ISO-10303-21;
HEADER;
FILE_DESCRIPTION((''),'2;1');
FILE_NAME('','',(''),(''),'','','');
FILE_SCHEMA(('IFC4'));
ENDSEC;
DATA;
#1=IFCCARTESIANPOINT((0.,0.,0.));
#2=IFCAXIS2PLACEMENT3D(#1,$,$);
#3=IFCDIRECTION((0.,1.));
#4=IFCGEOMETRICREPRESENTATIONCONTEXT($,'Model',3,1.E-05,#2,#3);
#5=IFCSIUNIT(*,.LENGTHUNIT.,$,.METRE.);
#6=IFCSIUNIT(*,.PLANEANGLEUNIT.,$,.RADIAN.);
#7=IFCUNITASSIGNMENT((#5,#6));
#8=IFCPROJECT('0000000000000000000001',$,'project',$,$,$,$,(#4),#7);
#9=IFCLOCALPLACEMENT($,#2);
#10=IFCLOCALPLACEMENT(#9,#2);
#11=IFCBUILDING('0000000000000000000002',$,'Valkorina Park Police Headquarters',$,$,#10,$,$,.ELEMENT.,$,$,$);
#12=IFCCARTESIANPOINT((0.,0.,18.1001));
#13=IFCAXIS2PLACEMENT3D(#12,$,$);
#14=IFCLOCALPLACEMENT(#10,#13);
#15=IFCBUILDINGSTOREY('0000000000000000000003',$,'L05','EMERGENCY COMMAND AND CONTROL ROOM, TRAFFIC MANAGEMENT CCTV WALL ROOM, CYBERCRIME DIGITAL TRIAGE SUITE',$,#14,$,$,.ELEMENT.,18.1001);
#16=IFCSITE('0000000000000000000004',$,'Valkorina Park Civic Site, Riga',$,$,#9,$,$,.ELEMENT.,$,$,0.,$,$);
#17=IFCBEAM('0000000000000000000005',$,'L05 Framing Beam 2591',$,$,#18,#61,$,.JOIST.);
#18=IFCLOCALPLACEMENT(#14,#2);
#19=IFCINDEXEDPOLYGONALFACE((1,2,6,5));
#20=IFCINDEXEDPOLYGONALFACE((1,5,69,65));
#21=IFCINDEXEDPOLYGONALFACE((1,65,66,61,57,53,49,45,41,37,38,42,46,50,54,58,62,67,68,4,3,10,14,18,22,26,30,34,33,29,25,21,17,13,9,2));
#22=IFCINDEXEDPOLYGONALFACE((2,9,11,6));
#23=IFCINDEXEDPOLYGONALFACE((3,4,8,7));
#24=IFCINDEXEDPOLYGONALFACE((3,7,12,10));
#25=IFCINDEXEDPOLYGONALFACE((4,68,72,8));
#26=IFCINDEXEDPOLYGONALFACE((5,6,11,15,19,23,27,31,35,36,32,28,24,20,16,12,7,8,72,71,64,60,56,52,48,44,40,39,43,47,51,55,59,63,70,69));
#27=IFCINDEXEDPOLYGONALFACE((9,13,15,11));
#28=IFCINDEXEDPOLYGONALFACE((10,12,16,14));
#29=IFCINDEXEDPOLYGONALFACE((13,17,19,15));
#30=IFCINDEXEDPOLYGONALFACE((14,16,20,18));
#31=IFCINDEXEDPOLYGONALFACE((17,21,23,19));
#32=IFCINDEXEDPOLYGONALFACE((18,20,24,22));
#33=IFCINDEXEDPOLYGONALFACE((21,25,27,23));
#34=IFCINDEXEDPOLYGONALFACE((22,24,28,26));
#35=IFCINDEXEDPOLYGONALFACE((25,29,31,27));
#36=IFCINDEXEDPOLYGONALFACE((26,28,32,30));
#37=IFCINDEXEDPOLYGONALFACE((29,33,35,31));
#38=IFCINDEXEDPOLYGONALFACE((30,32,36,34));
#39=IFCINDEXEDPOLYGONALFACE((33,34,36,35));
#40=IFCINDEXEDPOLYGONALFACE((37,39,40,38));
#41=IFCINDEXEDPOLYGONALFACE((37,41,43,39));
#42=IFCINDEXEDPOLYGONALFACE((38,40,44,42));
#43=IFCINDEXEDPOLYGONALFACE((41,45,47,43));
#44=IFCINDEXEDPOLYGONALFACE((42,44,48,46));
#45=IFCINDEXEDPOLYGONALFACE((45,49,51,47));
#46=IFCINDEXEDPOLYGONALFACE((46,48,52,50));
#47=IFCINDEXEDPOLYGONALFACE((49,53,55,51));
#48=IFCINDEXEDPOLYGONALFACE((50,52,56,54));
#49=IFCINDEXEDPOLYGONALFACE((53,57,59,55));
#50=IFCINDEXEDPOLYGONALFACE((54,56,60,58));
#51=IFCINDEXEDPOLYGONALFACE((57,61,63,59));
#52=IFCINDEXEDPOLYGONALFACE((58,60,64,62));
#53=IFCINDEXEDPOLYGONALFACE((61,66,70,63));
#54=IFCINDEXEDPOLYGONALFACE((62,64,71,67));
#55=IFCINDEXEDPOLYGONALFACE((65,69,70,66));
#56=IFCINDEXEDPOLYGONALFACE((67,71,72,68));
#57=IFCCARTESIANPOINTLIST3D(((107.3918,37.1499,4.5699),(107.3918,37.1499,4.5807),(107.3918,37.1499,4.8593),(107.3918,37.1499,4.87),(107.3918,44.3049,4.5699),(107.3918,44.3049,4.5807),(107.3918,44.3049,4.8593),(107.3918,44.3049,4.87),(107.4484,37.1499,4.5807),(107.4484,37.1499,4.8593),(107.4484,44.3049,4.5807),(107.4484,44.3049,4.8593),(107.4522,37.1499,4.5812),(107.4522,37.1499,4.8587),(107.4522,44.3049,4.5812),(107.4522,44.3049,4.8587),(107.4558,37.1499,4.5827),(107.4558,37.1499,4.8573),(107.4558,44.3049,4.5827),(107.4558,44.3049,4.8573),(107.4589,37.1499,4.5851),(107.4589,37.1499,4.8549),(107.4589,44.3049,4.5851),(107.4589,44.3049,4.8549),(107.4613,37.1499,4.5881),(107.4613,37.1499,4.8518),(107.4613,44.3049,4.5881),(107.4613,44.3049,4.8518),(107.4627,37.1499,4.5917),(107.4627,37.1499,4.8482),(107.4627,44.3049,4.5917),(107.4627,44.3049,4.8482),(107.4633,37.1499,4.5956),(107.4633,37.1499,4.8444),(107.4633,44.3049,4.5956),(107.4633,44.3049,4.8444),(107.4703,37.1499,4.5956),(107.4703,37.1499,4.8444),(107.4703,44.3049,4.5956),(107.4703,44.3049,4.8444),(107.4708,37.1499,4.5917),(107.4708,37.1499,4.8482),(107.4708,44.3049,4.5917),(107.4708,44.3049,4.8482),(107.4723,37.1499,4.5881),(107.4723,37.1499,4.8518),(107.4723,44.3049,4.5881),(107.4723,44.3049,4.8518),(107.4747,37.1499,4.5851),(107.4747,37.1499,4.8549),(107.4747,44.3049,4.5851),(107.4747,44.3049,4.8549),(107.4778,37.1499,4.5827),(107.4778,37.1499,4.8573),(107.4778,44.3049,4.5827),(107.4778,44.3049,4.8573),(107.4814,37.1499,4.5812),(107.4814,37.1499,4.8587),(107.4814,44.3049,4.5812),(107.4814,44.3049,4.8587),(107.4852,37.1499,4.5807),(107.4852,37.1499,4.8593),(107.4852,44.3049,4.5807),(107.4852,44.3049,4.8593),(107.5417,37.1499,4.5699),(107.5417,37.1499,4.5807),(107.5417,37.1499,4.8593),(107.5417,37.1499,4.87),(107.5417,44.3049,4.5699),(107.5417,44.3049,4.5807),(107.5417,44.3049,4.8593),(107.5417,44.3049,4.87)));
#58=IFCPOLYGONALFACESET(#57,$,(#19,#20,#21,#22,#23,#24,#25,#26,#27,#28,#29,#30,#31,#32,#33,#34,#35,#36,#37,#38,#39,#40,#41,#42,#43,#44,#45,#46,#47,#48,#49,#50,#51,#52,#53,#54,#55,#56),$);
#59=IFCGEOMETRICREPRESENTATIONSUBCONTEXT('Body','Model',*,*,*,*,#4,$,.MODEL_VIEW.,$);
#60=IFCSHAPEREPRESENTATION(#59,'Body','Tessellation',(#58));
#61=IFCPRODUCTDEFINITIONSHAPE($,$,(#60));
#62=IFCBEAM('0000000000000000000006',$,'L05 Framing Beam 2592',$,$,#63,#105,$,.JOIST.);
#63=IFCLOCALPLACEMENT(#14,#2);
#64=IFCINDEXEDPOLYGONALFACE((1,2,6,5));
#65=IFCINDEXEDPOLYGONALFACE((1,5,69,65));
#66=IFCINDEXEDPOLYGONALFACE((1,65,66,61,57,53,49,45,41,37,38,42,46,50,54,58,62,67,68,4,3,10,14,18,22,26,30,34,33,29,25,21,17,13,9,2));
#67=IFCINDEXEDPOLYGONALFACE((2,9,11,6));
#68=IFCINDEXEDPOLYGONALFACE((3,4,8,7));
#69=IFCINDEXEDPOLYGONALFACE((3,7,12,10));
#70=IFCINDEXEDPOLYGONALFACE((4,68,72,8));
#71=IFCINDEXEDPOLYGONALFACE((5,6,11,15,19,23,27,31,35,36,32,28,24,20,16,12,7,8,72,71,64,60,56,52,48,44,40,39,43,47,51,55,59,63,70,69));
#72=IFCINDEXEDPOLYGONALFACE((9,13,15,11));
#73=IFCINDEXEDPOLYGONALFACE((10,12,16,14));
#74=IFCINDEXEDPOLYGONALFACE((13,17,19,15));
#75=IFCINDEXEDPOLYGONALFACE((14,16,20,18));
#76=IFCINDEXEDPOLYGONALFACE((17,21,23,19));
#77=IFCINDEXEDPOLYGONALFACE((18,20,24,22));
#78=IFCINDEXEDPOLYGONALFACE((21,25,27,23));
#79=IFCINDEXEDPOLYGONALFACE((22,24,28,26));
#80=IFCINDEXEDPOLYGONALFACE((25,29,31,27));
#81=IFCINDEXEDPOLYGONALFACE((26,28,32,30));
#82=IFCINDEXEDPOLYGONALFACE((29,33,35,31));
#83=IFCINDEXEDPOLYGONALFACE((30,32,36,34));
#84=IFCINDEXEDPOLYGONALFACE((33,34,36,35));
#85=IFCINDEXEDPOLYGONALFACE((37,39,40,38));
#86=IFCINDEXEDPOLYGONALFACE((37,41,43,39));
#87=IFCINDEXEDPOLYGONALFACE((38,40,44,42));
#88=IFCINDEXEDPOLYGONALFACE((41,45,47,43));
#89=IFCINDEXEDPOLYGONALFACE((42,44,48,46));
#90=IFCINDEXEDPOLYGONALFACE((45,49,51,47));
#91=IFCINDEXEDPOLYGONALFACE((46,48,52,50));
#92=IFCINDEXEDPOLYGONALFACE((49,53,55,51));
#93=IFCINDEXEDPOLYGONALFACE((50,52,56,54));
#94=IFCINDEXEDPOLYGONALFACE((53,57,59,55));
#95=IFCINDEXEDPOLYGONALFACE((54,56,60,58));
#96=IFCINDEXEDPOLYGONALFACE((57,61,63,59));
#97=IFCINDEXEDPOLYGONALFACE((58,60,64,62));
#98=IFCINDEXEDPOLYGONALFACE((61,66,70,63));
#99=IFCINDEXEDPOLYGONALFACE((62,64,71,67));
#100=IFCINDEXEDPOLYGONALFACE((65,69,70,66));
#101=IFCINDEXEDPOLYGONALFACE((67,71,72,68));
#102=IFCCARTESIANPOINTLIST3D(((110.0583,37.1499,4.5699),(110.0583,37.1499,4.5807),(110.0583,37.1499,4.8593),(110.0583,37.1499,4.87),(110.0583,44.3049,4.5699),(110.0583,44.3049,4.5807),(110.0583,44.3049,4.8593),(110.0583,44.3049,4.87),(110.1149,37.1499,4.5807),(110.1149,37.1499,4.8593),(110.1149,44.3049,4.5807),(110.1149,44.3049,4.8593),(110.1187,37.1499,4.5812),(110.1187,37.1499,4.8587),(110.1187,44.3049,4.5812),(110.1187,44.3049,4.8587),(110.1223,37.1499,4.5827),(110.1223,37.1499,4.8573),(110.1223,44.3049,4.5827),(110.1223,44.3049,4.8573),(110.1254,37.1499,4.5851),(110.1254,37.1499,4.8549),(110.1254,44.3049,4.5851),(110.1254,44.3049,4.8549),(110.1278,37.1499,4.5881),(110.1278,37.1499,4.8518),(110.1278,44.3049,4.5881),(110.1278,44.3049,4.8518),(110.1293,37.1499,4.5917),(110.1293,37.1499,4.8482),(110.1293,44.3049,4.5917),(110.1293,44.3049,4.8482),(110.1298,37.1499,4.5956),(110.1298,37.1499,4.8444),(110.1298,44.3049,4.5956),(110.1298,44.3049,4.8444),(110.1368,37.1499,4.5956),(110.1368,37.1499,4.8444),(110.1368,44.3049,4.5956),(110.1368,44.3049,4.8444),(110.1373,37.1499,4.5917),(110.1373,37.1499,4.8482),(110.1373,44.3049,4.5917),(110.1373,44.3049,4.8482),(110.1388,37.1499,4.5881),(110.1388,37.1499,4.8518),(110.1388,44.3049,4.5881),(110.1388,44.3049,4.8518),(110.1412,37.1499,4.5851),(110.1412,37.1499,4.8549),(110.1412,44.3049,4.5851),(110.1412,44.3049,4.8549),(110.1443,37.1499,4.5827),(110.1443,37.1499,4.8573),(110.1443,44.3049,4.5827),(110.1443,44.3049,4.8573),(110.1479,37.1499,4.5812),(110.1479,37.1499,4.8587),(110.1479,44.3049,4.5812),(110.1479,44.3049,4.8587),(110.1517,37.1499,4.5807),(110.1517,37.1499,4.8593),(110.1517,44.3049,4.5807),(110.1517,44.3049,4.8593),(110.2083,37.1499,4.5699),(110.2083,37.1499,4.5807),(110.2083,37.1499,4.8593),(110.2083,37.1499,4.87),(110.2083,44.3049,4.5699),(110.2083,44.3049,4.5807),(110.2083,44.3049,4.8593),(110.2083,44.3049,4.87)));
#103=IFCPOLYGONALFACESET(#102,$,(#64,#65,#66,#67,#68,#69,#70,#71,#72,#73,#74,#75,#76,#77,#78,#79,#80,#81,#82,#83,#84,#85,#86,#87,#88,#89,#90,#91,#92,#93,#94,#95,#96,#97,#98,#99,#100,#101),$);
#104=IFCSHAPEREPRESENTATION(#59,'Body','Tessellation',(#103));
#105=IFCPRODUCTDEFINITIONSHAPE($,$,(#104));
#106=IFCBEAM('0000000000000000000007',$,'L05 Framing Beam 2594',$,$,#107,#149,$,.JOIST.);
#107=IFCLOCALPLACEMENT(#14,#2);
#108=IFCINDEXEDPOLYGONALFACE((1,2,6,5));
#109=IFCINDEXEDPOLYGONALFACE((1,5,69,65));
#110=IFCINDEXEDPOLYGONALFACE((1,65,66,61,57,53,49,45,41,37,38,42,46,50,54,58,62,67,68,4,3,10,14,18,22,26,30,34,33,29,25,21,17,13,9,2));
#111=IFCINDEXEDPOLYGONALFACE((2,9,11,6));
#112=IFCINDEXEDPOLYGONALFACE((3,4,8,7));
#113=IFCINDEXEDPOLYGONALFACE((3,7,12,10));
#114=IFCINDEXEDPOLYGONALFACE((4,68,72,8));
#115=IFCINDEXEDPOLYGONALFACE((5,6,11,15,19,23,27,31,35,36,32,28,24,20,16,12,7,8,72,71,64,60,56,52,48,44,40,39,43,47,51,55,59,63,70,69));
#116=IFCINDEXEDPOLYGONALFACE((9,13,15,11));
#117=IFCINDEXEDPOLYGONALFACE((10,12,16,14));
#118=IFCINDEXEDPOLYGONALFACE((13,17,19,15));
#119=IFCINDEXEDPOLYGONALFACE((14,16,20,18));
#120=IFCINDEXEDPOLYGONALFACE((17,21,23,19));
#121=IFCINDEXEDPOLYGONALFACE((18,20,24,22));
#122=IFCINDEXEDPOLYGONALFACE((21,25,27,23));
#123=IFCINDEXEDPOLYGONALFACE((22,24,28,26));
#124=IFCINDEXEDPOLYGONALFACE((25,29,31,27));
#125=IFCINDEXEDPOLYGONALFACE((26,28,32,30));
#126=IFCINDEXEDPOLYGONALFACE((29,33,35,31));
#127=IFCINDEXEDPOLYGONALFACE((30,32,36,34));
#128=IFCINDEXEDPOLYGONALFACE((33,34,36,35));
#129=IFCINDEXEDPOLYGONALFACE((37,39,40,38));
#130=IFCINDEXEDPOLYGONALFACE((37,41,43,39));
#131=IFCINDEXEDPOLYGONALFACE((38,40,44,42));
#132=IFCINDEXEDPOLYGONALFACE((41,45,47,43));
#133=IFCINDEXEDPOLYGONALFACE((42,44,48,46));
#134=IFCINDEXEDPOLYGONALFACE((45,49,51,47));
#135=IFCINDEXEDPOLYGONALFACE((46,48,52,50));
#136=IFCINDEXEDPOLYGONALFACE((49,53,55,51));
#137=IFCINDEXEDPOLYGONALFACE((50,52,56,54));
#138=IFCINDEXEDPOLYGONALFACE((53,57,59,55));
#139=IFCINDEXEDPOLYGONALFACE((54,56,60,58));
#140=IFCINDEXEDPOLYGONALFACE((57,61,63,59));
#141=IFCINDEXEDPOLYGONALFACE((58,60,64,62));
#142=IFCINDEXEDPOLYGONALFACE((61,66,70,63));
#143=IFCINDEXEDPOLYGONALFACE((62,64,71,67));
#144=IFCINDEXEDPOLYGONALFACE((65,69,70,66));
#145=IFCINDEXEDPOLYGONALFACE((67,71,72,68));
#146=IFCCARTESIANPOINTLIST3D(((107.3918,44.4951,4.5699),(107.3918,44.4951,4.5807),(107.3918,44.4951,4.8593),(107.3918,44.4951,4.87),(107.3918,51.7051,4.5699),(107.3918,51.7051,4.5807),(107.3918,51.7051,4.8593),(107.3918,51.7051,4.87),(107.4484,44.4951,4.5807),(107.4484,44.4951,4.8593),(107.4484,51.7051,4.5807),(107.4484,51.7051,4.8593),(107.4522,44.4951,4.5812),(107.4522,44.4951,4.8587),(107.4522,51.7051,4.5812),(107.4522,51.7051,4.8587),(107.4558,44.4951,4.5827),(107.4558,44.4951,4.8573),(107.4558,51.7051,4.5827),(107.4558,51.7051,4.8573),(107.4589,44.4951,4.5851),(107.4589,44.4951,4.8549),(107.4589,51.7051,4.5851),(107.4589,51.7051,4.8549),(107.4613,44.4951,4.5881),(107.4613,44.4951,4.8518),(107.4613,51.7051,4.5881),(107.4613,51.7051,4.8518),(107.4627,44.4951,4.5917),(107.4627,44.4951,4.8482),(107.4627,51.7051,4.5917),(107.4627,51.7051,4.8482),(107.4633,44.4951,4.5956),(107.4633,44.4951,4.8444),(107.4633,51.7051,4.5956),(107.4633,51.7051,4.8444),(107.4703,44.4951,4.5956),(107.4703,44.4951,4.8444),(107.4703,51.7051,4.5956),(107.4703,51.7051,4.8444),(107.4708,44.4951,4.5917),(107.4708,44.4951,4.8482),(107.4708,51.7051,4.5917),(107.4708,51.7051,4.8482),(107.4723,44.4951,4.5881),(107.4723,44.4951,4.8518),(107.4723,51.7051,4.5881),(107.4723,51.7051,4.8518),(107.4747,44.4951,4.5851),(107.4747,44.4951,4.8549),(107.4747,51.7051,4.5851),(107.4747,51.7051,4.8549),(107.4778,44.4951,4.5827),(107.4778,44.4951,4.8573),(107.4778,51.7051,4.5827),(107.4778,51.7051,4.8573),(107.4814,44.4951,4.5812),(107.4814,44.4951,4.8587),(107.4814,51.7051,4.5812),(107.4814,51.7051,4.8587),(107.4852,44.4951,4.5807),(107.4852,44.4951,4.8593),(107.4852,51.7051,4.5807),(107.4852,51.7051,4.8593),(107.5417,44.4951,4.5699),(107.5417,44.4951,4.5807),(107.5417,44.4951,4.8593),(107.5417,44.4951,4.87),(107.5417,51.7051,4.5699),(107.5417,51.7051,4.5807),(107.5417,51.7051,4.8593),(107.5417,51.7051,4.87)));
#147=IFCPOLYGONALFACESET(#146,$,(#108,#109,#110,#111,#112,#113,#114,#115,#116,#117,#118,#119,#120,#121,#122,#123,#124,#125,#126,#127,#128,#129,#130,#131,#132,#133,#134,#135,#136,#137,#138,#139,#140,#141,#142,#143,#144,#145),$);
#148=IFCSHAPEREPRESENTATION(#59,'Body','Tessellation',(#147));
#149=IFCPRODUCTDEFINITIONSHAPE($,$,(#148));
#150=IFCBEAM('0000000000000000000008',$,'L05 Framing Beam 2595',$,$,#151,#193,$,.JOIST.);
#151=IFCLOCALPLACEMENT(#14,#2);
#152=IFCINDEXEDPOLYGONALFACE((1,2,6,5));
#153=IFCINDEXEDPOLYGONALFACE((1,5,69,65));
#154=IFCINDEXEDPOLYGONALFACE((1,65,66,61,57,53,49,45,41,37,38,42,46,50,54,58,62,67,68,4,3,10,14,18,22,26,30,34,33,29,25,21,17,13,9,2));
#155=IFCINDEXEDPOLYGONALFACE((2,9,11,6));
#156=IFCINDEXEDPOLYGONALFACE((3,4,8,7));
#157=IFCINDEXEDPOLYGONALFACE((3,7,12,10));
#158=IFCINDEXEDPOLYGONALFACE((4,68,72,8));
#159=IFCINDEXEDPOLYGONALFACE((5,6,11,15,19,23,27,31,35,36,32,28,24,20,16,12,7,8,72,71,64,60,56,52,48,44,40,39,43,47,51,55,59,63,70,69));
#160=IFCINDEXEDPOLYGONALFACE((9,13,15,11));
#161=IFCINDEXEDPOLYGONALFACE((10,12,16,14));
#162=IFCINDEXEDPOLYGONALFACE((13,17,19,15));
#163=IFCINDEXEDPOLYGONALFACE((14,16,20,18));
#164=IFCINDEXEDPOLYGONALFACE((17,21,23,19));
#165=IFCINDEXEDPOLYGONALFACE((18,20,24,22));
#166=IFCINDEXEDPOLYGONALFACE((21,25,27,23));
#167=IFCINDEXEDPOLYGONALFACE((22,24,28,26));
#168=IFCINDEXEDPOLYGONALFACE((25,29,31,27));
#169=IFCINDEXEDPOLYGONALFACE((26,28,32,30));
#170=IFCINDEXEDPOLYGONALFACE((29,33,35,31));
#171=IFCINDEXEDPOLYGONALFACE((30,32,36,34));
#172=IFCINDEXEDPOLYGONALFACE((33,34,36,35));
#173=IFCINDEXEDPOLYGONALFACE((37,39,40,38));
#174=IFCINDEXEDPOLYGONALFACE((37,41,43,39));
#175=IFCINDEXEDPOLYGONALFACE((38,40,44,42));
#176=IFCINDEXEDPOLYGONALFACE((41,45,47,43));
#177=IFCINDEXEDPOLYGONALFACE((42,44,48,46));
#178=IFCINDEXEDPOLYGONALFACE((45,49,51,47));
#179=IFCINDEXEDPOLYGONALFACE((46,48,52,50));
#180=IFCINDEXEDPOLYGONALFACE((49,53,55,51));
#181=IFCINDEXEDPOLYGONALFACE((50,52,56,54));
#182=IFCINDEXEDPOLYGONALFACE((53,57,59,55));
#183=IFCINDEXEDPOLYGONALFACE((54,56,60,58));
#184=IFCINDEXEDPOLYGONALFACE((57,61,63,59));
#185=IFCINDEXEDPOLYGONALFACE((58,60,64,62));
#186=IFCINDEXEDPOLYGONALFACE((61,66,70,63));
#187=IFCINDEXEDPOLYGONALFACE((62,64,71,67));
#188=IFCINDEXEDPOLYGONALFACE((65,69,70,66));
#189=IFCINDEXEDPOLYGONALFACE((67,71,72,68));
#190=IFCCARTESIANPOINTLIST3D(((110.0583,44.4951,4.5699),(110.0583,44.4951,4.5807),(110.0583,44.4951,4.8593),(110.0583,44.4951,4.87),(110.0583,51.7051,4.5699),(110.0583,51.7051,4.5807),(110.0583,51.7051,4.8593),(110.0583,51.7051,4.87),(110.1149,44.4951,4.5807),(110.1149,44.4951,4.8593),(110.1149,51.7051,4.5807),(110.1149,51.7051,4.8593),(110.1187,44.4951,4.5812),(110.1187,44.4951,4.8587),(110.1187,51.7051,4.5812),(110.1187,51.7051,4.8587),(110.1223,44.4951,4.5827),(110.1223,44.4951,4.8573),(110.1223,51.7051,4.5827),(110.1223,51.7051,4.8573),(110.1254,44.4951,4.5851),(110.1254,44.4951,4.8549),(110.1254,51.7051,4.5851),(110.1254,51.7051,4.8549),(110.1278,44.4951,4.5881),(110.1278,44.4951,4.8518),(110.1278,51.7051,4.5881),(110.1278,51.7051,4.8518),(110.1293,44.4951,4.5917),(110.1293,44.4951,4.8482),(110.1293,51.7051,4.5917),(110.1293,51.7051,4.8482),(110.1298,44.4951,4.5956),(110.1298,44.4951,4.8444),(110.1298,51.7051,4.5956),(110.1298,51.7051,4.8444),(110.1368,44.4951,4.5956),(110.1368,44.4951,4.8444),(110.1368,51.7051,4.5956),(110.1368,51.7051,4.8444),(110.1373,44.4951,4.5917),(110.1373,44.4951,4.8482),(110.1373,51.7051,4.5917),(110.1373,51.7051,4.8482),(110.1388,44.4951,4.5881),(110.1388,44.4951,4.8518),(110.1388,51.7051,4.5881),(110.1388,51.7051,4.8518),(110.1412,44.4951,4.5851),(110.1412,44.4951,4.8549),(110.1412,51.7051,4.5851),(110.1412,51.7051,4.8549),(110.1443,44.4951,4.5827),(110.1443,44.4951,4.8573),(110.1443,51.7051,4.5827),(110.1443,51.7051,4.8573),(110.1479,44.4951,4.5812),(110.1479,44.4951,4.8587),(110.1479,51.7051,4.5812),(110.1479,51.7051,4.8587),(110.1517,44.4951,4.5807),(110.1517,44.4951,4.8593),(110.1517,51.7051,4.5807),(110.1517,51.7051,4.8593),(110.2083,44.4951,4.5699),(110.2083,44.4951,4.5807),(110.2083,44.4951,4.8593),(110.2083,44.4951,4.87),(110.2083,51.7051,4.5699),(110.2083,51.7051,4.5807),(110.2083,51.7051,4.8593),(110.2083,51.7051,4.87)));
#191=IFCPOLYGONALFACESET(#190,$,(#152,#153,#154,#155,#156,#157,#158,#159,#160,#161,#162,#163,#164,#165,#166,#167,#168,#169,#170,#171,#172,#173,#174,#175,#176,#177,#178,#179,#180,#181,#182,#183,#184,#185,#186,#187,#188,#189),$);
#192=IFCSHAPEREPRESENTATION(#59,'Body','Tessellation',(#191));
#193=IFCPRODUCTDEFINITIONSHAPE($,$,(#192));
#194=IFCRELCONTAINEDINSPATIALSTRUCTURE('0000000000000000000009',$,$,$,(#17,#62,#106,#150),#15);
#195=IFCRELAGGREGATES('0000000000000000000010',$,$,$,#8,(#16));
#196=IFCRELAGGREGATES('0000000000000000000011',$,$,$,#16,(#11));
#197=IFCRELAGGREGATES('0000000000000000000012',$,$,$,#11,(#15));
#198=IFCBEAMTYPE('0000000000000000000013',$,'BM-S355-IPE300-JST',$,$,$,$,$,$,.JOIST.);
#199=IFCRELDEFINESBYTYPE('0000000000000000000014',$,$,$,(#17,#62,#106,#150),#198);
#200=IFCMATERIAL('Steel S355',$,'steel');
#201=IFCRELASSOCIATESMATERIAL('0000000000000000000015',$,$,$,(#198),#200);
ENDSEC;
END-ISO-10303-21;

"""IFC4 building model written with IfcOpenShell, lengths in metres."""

from ifc_helpers import new_model, si_unit, direction, frame, origin, origin_2d, place, context, subcontext, project, spatial, i_section, extrude, material, material_profile, profile_set, type_object, element, save


model = new_model("IFC4")

# Units and contexts
model_context = context("Model", 3, precision=1e-05, world=origin(), true_north=direction((0.0, 1.0)))
body_context = subcontext(model_context, "Body", "Model", "MODEL_VIEW")
ifc_project = project(units=[si_unit("LENGTHUNIT", "METRE"), si_unit("PLANEANGLEUNIT", "RADIAN")], contexts=[model_context])

# Site, building, storey
site_placement = place(None, origin())
site = spatial("IfcSite", under=ifc_project, at=site_placement, Name="Valkorina Park Civic Site, Riga", CompositionType="ELEMENT", RefElevation=0.0)
building_placement = place(site_placement, origin())
building = spatial("IfcBuilding", under=site, at=building_placement, Name="Valkorina Park Police Headquarters", CompositionType="ELEMENT")
storey_placement = place(building_placement, frame((0.0, 0.0, 18.1001)))
storey = spatial("IfcBuildingStorey", under=building, at=storey_placement, Name="L05", Description="EMERGENCY COMMAND AND CONTROL ROOM, TRAFFIC MANAGEMENT CCTV WALL ROOM, CYBERCRIME DIGITAL TRIAGE SUITE", CompositionType="ELEMENT", Elevation=18.1001)

# Shared definitions
ifc_material_1 = material(Name="Steel S355", Category="steel")

# Beams
ifc_material_profile_1 = material_profile(ifc_material_1, i_section(OverallWidth=0.1499, OverallDepth=0.3, WebThickness=0.0071, FlangeThickness=0.0107, FilletRadius=0.0149, at=origin_2d()), Name="IPE 300")
ifc_profile_set_1 = profile_set([ifc_material_profile_1], Name="Steel S355")
beam_type_1 = type_object("IfcBeamType", Name="BM-S355-IPE300-JST", PredefinedType="JOIST", material=ifc_profile_set_1)
for number, where, z_axis, x_axis, name in (
    (1, (107.4668, 37.1499, 4.72), (0.0, 1.0, 0.0), (-1.0, 0.0, 0.0), "L05 Framing Beam 2591"),
    (2, (110.1333, 37.1499, 4.72), (0.0, 1.0, 0.0), (-1.0, 0.0, 0.0), "L05 Framing Beam 2592"),
):
    element("IfcBeam", number, at=place(storey_placement, frame(where, z_axis=z_axis, x_axis=x_axis)), inside=storey, type_object=beam_type_1, Name=name, PredefinedType="JOIST", context=body_context, shape_type="SweptSolid", body=[
        extrude(i_section(OverallWidth=0.1499, OverallDepth=0.3, WebThickness=0.0071, FlangeThickness=0.0107, FilletRadius=0.0149, at=origin_2d()), origin(), (0.0, 0.0, 1.0), 7.155),
    ])
for number, where, z_axis, x_axis, name in (
    (3, (107.4668, 44.4951, 4.72), (0.0, 1.0, 0.0), (-1.0, 0.0, 0.0), "L05 Framing Beam 2594"),
    (4, (110.1333, 44.4951, 4.72), (0.0, 1.0, 0.0), (-1.0, 0.0, 0.0), "L05 Framing Beam 2595"),
):
    element("IfcBeam", number, at=place(storey_placement, frame(where, z_axis=z_axis, x_axis=x_axis)), inside=storey, type_object=beam_type_1, Name=name, PredefinedType="JOIST", context=body_context, shape_type="SweptSolid", body=[
        extrude(i_section(OverallWidth=0.1499, OverallDepth=0.3, WebThickness=0.0071, FlangeThickness=0.0107, FilletRadius=0.0149, at=origin_2d()), origin(), (0.0, 0.0, 1.0), 7.21),
    ])

save(model, "model.ifc")
